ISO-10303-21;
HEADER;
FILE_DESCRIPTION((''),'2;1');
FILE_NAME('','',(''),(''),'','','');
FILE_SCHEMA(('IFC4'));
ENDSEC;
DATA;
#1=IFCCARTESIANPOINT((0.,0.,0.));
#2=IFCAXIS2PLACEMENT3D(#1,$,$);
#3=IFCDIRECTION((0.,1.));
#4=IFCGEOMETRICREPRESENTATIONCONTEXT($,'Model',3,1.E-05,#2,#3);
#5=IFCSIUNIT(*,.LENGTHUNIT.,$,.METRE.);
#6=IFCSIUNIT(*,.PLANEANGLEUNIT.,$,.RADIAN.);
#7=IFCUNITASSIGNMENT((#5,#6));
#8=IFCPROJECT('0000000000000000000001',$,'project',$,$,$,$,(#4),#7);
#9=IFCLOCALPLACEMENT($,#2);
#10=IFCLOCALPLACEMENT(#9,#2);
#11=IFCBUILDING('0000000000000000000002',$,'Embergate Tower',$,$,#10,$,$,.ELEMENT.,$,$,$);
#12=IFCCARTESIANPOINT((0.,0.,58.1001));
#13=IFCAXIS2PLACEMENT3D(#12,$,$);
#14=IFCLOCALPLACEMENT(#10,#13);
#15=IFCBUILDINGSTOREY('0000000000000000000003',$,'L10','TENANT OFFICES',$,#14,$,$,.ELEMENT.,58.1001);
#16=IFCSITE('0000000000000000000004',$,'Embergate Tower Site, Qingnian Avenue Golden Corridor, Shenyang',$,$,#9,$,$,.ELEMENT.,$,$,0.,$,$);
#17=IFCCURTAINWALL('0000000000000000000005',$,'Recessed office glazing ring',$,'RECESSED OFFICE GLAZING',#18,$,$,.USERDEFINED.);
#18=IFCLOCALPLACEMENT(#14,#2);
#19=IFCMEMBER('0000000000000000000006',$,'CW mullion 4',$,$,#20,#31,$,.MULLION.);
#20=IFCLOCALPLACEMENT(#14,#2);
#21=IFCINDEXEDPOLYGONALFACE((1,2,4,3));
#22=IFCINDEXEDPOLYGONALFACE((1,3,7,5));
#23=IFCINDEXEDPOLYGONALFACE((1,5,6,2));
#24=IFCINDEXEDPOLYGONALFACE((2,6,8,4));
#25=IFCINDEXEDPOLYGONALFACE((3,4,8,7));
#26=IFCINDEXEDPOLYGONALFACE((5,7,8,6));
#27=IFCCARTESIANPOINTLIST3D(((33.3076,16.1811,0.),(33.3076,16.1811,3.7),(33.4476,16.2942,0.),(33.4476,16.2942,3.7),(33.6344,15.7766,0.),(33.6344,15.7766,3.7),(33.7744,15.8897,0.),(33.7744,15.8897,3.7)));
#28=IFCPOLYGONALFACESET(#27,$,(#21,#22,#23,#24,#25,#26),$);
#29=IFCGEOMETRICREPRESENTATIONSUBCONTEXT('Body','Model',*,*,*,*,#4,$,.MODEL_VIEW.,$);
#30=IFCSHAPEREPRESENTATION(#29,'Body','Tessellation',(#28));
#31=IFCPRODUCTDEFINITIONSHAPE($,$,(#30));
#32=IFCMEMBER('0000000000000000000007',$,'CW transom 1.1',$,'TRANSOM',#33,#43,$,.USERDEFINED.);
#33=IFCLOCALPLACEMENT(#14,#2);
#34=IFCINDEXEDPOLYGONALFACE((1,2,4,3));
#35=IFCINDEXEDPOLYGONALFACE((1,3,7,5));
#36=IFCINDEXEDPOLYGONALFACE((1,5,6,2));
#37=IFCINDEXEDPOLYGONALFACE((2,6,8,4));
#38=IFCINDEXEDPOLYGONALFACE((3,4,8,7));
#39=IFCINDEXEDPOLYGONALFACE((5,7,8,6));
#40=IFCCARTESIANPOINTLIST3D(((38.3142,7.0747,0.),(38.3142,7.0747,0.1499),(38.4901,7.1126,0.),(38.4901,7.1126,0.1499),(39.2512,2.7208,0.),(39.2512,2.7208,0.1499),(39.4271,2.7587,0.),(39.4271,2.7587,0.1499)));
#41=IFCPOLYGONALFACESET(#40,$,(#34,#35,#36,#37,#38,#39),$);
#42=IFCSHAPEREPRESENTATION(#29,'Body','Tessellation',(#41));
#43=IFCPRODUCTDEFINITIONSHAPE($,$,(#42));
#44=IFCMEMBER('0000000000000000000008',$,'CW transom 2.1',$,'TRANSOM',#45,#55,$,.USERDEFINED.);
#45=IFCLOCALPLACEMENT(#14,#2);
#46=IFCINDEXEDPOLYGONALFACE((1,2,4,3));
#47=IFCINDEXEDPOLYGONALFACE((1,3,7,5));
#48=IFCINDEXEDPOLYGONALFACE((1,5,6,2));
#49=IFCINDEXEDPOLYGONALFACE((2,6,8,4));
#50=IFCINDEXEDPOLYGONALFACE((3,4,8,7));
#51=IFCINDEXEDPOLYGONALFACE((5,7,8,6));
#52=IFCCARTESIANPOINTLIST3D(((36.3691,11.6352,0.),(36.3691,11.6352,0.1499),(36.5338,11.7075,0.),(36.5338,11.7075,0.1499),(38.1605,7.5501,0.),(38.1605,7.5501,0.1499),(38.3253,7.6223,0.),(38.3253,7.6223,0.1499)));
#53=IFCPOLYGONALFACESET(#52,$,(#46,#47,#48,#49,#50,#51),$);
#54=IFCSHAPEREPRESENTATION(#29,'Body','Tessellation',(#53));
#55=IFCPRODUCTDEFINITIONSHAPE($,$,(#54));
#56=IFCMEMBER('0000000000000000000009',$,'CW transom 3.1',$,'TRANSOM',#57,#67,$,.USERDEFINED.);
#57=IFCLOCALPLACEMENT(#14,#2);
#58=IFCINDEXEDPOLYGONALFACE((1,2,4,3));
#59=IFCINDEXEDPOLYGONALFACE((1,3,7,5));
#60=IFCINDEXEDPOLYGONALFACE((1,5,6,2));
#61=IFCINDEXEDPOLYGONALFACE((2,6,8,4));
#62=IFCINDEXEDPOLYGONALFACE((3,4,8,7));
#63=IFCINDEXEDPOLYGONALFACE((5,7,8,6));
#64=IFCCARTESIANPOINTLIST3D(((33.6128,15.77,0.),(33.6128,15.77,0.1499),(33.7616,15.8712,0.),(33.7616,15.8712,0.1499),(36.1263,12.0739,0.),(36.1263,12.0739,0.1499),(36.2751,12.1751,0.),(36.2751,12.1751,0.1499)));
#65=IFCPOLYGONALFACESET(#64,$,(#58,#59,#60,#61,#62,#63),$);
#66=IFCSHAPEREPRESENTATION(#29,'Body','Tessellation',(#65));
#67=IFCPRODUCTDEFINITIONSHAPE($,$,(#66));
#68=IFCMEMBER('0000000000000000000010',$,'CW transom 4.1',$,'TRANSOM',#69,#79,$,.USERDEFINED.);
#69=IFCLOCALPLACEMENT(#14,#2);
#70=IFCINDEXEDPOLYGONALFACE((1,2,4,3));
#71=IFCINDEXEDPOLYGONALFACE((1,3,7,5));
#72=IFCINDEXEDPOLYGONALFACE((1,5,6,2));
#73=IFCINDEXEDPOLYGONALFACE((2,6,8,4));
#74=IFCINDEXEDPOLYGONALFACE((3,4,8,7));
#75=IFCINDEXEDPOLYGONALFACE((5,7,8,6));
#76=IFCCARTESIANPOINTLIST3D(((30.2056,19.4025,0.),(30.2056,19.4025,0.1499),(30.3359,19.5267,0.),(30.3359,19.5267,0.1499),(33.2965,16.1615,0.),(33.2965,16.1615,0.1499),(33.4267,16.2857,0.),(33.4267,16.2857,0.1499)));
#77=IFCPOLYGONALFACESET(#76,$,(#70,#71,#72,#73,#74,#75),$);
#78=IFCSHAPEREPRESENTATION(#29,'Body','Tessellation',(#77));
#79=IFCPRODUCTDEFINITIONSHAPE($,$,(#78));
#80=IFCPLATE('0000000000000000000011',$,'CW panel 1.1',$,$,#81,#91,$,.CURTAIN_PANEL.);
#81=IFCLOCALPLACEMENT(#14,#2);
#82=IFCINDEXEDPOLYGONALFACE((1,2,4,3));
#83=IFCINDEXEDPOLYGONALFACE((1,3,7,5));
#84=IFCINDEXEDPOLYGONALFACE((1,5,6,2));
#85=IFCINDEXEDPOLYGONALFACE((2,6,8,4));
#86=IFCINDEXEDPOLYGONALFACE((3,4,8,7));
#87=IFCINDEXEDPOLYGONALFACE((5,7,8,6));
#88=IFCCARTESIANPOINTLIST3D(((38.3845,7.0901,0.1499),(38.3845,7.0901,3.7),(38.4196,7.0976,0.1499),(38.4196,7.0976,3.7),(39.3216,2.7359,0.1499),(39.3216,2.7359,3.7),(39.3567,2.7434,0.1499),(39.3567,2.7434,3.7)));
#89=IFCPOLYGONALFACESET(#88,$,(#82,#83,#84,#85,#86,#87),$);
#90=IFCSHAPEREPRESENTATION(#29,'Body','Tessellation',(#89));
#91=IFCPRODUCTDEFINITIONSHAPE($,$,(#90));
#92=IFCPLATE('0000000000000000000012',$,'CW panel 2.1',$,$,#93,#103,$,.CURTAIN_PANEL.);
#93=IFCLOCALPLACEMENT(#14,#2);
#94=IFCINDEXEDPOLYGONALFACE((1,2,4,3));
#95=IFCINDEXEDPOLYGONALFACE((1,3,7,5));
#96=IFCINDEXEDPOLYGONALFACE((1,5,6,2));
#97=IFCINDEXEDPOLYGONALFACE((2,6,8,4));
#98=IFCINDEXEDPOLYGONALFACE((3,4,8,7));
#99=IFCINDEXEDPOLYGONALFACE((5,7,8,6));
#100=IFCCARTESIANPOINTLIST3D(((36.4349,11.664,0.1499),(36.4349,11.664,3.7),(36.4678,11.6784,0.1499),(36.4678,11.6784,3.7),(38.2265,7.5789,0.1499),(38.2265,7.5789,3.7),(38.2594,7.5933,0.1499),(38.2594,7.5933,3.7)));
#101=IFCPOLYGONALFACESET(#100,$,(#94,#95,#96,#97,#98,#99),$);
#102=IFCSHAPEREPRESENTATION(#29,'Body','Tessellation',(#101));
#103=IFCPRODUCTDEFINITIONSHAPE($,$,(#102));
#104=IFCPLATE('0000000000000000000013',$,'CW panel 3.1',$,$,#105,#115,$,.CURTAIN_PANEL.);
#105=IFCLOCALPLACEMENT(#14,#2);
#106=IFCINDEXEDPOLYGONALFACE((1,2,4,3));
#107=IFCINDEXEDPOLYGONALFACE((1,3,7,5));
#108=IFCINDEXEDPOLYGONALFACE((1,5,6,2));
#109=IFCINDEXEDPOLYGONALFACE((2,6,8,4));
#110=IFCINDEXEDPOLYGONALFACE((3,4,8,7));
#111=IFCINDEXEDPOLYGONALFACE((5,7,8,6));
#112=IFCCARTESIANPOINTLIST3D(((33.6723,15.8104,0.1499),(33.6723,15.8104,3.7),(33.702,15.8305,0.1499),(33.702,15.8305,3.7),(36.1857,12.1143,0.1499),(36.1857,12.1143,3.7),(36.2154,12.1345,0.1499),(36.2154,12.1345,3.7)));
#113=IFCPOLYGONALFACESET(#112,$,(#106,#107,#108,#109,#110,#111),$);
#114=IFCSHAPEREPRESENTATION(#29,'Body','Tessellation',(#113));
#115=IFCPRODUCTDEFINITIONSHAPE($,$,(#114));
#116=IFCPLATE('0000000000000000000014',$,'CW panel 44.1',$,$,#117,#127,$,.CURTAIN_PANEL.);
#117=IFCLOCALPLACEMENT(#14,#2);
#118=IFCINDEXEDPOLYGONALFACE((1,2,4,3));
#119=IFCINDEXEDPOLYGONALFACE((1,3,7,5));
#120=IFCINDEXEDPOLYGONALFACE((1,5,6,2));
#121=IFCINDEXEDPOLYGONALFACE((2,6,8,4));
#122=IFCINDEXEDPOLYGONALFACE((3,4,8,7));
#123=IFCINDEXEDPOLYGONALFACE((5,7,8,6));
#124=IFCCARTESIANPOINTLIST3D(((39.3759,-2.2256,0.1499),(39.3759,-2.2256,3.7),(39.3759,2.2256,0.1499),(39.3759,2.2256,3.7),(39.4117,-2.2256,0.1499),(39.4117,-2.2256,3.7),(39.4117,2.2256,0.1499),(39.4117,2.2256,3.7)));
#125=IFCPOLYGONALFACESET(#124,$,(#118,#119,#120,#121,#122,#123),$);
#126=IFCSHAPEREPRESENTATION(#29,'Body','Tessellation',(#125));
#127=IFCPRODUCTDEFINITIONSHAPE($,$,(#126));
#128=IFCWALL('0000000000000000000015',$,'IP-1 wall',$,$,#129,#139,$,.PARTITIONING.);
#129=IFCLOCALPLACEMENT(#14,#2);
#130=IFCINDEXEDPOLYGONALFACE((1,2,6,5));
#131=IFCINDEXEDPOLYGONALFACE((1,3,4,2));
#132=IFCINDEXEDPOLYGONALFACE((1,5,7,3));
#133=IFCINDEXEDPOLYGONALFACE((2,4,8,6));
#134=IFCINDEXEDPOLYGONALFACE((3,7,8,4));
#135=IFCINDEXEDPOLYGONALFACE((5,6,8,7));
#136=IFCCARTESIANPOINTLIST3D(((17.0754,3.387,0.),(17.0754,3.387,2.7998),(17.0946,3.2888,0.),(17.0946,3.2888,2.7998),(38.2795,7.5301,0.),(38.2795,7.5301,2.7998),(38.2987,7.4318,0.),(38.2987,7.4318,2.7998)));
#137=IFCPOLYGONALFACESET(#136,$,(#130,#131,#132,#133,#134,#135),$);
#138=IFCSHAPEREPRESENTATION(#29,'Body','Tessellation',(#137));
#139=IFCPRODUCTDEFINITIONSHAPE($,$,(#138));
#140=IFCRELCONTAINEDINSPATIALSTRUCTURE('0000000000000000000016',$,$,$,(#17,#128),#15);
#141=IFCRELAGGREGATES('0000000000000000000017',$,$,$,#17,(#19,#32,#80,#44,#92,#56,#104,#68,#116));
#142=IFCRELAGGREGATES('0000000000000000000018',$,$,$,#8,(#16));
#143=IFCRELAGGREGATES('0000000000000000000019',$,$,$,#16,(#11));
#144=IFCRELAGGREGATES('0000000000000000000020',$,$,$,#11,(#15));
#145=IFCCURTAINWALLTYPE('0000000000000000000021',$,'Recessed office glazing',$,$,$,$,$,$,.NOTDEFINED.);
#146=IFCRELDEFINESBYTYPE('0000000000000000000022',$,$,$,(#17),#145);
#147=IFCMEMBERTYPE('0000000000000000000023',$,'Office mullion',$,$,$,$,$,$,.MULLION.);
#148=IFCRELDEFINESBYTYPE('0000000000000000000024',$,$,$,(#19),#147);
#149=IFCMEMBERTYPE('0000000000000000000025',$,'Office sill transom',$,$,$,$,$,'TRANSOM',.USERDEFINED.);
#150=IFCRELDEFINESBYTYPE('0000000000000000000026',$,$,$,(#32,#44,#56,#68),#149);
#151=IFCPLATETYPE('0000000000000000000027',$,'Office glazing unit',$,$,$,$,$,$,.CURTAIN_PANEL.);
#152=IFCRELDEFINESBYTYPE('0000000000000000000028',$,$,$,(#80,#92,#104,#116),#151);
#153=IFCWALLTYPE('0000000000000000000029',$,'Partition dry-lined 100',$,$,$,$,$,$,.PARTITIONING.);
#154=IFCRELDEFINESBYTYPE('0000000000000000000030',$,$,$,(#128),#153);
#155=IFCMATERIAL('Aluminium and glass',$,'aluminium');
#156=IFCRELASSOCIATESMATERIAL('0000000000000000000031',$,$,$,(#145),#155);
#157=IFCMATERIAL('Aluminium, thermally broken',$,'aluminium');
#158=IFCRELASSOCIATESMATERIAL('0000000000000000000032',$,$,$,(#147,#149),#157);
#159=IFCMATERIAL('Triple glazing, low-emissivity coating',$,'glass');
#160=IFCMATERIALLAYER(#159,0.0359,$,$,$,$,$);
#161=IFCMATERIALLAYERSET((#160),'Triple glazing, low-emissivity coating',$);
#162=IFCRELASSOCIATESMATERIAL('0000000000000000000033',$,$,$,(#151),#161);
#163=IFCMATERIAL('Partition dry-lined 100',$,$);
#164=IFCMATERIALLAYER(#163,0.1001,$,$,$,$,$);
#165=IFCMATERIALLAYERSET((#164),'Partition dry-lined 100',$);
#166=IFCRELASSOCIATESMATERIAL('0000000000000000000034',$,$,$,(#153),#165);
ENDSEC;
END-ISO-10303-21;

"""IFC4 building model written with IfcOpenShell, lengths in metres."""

from ifc_helpers import new_model, si_unit, direction, frame, frame_2d, origin, origin_2d, place, context, subcontext, project, spatial, rectangle, extrude, source, transform, mapped, material, layer, layer_set, material_profile, profile_set, type_object, element, aggregate, save


model = new_model("IFC4")

# Units and contexts
model_context = context("Model", 3, precision=1e-05, world=origin(), true_north=direction((0.0, 1.0)))
body_context = subcontext(model_context, "Body", "Model", "MODEL_VIEW")
ifc_project = project(units=[si_unit("LENGTHUNIT", "METRE"), si_unit("PLANEANGLEUNIT", "RADIAN")], contexts=[model_context])

# Site, building, storey
site_placement = place(None, origin())
site = spatial("IfcSite", under=ifc_project, at=site_placement, Name="Embergate Tower Site, Qingnian Avenue Golden Corridor, Shenyang", CompositionType="ELEMENT", RefElevation=0.0)
building_placement = place(site_placement, origin())
building = spatial("IfcBuilding", under=site, at=building_placement, Name="Embergate Tower", CompositionType="ELEMENT")
storey_placement = place(building_placement, frame((0.0, 0.0, 58.1001)))
storey = spatial("IfcBuildingStorey", under=building, at=storey_placement, Name="L10", Description="TENANT OFFICES", CompositionType="ELEMENT", Elevation=58.1001)

# Curtain wall, members, plates
ifc_material_1 = material(Name="Aluminium and glass", Category="aluminium")
curtain_wall_type = type_object("IfcCurtainWallType", Name="Recessed office glazing", PredefinedType="NOTDEFINED", material=ifc_material_1)
curtain_wall_placement = place(storey_placement, origin())
curtain_wall = element("IfcCurtainWall", 1, at=curtain_wall_placement, inside=storey, type_object=curtain_wall_type, Name="Recessed office glazing ring", ObjectType="RECESSED OFFICE GLAZING", PredefinedType="USERDEFINED")
ifc_material_2 = material(Name="Aluminium, thermally broken", Category="aluminium")
ifc_material_profile_1 = material_profile(ifc_material_2, rectangle(XDim=0.1799, YDim=0.52, at=origin_2d()), Name="AL 520x180")
ifc_profile_set_1 = profile_set([ifc_material_profile_1], Name="Aluminium, thermally broken")
member_type_1 = type_object("IfcMemberType", Name="Office mullion", PredefinedType="MULLION", material=ifc_profile_set_1)
shared_shape_1 = source(origin(), body_context, "Body", "SweptSolid", [
    extrude(rectangle(XDim=0.1799, YDim=0.52, at=origin_2d()), origin(), (0.0, 0.0, 1.0), 3.7),
])
member_1_placement = place(storey_placement, frame((33.541, 16.0354, 0.0), z_axis=(0.0, 0.0, 1.0), x_axis=(-0.777884, -0.628408, 0.0)))
member_1 = element("IfcMember", 2, at=member_1_placement, type_object=member_type_1, Name="CW mullion 4", PredefinedType="MULLION", context=body_context, shape_type="MappedRepresentation", body=[
    mapped(shared_shape_1, transform((0.0, 0.0, 0.0))),
])
ifc_material_profile_2 = material_profile(ifc_material_2, rectangle(XDim=0.1799, YDim=0.1499, at=origin_2d()), Name="AL 150x180")
ifc_profile_set_2 = profile_set([ifc_material_profile_2], Name="Aluminium, thermally broken")
member_type_2 = type_object("IfcMemberType", Name="Office sill transom", ElementType="TRANSOM", PredefinedType="USERDEFINED", material=ifc_profile_set_2)
shared_shape_2 = source(origin(), body_context, "Body", "SweptSolid", [
    extrude(rectangle(XDim=0.1799, YDim=0.1499, at=origin_2d()), origin(), (0.0, 0.0, 1.0), 4.4536),
])
member_2_placement = place(storey_placement, frame((39.3391, 2.7397, 0.075), z_axis=(-0.21039, 0.977618, 0.0), x_axis=(-0.977618, -0.21039, 0.0)))
member_2 = element("IfcMember", 3, at=member_2_placement, type_object=member_type_2, Name="CW transom 1.1", ObjectType="TRANSOM", PredefinedType="USERDEFINED", context=body_context, shape_type="MappedRepresentation", body=[
    mapped(shared_shape_2, transform((0.0, 0.0, 0.0))),
])
shared_shape_3 = source(origin(), body_context, "Body", "SweptSolid", [
    extrude(rectangle(XDim=0.1799, YDim=0.1499, at=origin_2d()), origin(), (0.0, 0.0, 1.0), 4.4607),
])
member_3_placement = place(storey_placement, frame((38.2429, 7.5862, 0.075), z_axis=(-0.401614, 0.915809, 0.0), x_axis=(-0.915809, -0.401614, 0.0)))
member_3 = element("IfcMember", 4, at=member_3_placement, type_object=member_type_2, Name="CW transom 2.1", ObjectType="TRANSOM", PredefinedType="USERDEFINED", context=body_context, shape_type="MappedRepresentation", body=[
    mapped(shared_shape_3, transform((0.0, 0.0, 0.0))),
])
shared_shape_4 = source(origin(), body_context, "Body", "SweptSolid", [
    extrude(rectangle(XDim=0.1799, YDim=0.1499, at=origin_2d()), origin(), (0.0, 0.0, 1.0), 4.4697),
])
member_4_placement = place(storey_placement, frame((36.2007, 12.1245, 0.075), z_axis=(-0.562328, 0.826914, 0.0), x_axis=(-0.826914, -0.562328, 0.0)))
member_4 = element("IfcMember", 5, at=member_4_placement, type_object=member_type_2, Name="CW transom 3.1", ObjectType="TRANSOM", PredefinedType="USERDEFINED", context=body_context, shape_type="MappedRepresentation", body=[
    mapped(shared_shape_4, transform((0.0, 0.0, 0.0))),
])
shared_shape_5 = source(origin(), body_context, "Body", "SweptSolid", [
    extrude(rectangle(XDim=0.1799, YDim=0.1499, at=origin_2d()), origin(), (0.0, 0.0, 1.0), 4.4785),
])
member_5_placement = place(storey_placement, frame((33.3616, 16.2236, 0.075), z_axis=(-0.690145, 0.723671, 0.0), x_axis=(-0.723671, -0.690145, 0.0)))
member_5 = element("IfcMember", 6, at=member_5_placement, type_object=member_type_2, Name="CW transom 4.1", ObjectType="TRANSOM", PredefinedType="USERDEFINED", context=body_context, shape_type="MappedRepresentation", body=[
    mapped(shared_shape_5, transform((0.0, 0.0, 0.0))),
])
ifc_material_3 = material(Name="Triple glazing, low-emissivity coating", Category="glass")
ifc_layer_1 = layer(ifc_material_3, 0.0359)
ifc_layer_set_1 = layer_set([ifc_layer_1], Name="Triple glazing, low-emissivity coating")
plate_type = type_object("IfcPlateType", Name="Office glazing unit", PredefinedType="CURTAIN_PANEL", material=ifc_layer_set_1)
shared_shape_6 = source(origin(), body_context, "Body", "SweptSolid", [
    extrude(rectangle(XDim=4.4539, YDim=0.0359, at=origin_2d()), origin(), (0.0, 0.0, 1.0), 3.55),
])
plate_1_placement = place(storey_placement, frame((38.8706, 4.9167, 0.1499), z_axis=(0.0, 0.0, 1.0), x_axis=(-0.210392, 0.977617, 0.0)))
plate_1 = element("IfcPlate", 7, at=plate_1_placement, type_object=plate_type, Name="CW panel 1.1", PredefinedType="CURTAIN_PANEL", context=body_context, shape_type="MappedRepresentation", body=[
    mapped(shared_shape_6, transform((0.0, 0.0, 0.0))),
])
shared_shape_7 = source(origin(), body_context, "Body", "SweptSolid", [
    extrude(rectangle(XDim=4.4607, YDim=0.0359, at=origin_2d()), origin(), (0.0, 0.0, 1.0), 3.55),
])
plate_2_placement = place(storey_placement, frame((37.3472, 9.6287, 0.1499), z_axis=(0.0, 0.0, 1.0), x_axis=(-0.401644, 0.915796, 0.0)))
plate_2 = element("IfcPlate", 8, at=plate_2_placement, type_object=plate_type, Name="CW panel 2.1", PredefinedType="CURTAIN_PANEL", context=body_context, shape_type="MappedRepresentation", body=[
    mapped(shared_shape_7, transform((0.0, 0.0, 0.0))),
])
shared_shape_8 = source(origin(), body_context, "Body", "SweptSolid", [
    extrude(rectangle(XDim=4.4697, YDim=0.0359, at=origin_2d()), origin(), (0.0, 0.0, 1.0), 3.55),
])
plate_3_placement = place(storey_placement, frame((34.9438, 13.9724, 0.1499), z_axis=(0.0, 0.0, 1.0), x_axis=(-0.562332, 0.826912, 0.0)))
plate_3 = element("IfcPlate", 9, at=plate_3_placement, type_object=plate_type, Name="CW panel 3.1", PredefinedType="CURTAIN_PANEL", context=body_context, shape_type="MappedRepresentation", body=[
    mapped(shared_shape_8, transform((0.0, 0.0, 0.0))),
])
shared_shape_9 = source(origin(), body_context, "Body", "SweptSolid", [
    extrude(rectangle(XDim=4.4512, YDim=0.0359, at=origin_2d()), origin(), (0.0, 0.0, 1.0), 3.55),
])
plate_4_placement = place(storey_placement, frame((39.3938, 0.0, 0.1499), z_axis=(0.0, 0.0, 1.0), x_axis=(0.0, 1.0, 0.0)))
plate_4 = element("IfcPlate", 10, at=plate_4_placement, type_object=plate_type, Name="CW panel 44.1", PredefinedType="CURTAIN_PANEL", context=body_context, shape_type="MappedRepresentation", body=[
    mapped(shared_shape_9, transform((0.0, 0.0, 0.0))),
])
aggregate(curtain_wall, [member_1, member_2, plate_1, member_3, plate_2, member_4, plate_3, member_5, plate_4])

# Wall
ifc_material_4 = material(Name="Partition dry-lined 100")
ifc_layer_2 = layer(ifc_material_4, 0.1001)
ifc_layer_set_2 = layer_set([ifc_layer_2], Name="Partition dry-lined 100")
wall_type = type_object("IfcWallType", Name="Partition dry-lined 100", PredefinedType="PARTITIONING", material=ifc_layer_set_2)
shared_shape_10 = source(origin(), body_context, "Body", "SweptSolid", [
    extrude(rectangle(XDim=21.605, YDim=0.1001, at=frame_2d((10.8025, 0.0))), origin(), (0.0, 0.0, 1.0), 2.7998),
])
wall_placement = place(storey_placement, frame((38.2891, 7.481, 0.0), z_axis=(0.0, 0.0, 1.0), x_axis=(-0.981441, -0.191764, 0.0)))
element("IfcWall", 11, at=wall_placement, inside=storey, type_object=wall_type, Name="IP-1 wall", PredefinedType="PARTITIONING", context=body_context, shape_type="MappedRepresentation", body=[
    mapped(shared_shape_10, transform((0.0, 0.0, 0.0))),
])

save(model, "model.ifc")
